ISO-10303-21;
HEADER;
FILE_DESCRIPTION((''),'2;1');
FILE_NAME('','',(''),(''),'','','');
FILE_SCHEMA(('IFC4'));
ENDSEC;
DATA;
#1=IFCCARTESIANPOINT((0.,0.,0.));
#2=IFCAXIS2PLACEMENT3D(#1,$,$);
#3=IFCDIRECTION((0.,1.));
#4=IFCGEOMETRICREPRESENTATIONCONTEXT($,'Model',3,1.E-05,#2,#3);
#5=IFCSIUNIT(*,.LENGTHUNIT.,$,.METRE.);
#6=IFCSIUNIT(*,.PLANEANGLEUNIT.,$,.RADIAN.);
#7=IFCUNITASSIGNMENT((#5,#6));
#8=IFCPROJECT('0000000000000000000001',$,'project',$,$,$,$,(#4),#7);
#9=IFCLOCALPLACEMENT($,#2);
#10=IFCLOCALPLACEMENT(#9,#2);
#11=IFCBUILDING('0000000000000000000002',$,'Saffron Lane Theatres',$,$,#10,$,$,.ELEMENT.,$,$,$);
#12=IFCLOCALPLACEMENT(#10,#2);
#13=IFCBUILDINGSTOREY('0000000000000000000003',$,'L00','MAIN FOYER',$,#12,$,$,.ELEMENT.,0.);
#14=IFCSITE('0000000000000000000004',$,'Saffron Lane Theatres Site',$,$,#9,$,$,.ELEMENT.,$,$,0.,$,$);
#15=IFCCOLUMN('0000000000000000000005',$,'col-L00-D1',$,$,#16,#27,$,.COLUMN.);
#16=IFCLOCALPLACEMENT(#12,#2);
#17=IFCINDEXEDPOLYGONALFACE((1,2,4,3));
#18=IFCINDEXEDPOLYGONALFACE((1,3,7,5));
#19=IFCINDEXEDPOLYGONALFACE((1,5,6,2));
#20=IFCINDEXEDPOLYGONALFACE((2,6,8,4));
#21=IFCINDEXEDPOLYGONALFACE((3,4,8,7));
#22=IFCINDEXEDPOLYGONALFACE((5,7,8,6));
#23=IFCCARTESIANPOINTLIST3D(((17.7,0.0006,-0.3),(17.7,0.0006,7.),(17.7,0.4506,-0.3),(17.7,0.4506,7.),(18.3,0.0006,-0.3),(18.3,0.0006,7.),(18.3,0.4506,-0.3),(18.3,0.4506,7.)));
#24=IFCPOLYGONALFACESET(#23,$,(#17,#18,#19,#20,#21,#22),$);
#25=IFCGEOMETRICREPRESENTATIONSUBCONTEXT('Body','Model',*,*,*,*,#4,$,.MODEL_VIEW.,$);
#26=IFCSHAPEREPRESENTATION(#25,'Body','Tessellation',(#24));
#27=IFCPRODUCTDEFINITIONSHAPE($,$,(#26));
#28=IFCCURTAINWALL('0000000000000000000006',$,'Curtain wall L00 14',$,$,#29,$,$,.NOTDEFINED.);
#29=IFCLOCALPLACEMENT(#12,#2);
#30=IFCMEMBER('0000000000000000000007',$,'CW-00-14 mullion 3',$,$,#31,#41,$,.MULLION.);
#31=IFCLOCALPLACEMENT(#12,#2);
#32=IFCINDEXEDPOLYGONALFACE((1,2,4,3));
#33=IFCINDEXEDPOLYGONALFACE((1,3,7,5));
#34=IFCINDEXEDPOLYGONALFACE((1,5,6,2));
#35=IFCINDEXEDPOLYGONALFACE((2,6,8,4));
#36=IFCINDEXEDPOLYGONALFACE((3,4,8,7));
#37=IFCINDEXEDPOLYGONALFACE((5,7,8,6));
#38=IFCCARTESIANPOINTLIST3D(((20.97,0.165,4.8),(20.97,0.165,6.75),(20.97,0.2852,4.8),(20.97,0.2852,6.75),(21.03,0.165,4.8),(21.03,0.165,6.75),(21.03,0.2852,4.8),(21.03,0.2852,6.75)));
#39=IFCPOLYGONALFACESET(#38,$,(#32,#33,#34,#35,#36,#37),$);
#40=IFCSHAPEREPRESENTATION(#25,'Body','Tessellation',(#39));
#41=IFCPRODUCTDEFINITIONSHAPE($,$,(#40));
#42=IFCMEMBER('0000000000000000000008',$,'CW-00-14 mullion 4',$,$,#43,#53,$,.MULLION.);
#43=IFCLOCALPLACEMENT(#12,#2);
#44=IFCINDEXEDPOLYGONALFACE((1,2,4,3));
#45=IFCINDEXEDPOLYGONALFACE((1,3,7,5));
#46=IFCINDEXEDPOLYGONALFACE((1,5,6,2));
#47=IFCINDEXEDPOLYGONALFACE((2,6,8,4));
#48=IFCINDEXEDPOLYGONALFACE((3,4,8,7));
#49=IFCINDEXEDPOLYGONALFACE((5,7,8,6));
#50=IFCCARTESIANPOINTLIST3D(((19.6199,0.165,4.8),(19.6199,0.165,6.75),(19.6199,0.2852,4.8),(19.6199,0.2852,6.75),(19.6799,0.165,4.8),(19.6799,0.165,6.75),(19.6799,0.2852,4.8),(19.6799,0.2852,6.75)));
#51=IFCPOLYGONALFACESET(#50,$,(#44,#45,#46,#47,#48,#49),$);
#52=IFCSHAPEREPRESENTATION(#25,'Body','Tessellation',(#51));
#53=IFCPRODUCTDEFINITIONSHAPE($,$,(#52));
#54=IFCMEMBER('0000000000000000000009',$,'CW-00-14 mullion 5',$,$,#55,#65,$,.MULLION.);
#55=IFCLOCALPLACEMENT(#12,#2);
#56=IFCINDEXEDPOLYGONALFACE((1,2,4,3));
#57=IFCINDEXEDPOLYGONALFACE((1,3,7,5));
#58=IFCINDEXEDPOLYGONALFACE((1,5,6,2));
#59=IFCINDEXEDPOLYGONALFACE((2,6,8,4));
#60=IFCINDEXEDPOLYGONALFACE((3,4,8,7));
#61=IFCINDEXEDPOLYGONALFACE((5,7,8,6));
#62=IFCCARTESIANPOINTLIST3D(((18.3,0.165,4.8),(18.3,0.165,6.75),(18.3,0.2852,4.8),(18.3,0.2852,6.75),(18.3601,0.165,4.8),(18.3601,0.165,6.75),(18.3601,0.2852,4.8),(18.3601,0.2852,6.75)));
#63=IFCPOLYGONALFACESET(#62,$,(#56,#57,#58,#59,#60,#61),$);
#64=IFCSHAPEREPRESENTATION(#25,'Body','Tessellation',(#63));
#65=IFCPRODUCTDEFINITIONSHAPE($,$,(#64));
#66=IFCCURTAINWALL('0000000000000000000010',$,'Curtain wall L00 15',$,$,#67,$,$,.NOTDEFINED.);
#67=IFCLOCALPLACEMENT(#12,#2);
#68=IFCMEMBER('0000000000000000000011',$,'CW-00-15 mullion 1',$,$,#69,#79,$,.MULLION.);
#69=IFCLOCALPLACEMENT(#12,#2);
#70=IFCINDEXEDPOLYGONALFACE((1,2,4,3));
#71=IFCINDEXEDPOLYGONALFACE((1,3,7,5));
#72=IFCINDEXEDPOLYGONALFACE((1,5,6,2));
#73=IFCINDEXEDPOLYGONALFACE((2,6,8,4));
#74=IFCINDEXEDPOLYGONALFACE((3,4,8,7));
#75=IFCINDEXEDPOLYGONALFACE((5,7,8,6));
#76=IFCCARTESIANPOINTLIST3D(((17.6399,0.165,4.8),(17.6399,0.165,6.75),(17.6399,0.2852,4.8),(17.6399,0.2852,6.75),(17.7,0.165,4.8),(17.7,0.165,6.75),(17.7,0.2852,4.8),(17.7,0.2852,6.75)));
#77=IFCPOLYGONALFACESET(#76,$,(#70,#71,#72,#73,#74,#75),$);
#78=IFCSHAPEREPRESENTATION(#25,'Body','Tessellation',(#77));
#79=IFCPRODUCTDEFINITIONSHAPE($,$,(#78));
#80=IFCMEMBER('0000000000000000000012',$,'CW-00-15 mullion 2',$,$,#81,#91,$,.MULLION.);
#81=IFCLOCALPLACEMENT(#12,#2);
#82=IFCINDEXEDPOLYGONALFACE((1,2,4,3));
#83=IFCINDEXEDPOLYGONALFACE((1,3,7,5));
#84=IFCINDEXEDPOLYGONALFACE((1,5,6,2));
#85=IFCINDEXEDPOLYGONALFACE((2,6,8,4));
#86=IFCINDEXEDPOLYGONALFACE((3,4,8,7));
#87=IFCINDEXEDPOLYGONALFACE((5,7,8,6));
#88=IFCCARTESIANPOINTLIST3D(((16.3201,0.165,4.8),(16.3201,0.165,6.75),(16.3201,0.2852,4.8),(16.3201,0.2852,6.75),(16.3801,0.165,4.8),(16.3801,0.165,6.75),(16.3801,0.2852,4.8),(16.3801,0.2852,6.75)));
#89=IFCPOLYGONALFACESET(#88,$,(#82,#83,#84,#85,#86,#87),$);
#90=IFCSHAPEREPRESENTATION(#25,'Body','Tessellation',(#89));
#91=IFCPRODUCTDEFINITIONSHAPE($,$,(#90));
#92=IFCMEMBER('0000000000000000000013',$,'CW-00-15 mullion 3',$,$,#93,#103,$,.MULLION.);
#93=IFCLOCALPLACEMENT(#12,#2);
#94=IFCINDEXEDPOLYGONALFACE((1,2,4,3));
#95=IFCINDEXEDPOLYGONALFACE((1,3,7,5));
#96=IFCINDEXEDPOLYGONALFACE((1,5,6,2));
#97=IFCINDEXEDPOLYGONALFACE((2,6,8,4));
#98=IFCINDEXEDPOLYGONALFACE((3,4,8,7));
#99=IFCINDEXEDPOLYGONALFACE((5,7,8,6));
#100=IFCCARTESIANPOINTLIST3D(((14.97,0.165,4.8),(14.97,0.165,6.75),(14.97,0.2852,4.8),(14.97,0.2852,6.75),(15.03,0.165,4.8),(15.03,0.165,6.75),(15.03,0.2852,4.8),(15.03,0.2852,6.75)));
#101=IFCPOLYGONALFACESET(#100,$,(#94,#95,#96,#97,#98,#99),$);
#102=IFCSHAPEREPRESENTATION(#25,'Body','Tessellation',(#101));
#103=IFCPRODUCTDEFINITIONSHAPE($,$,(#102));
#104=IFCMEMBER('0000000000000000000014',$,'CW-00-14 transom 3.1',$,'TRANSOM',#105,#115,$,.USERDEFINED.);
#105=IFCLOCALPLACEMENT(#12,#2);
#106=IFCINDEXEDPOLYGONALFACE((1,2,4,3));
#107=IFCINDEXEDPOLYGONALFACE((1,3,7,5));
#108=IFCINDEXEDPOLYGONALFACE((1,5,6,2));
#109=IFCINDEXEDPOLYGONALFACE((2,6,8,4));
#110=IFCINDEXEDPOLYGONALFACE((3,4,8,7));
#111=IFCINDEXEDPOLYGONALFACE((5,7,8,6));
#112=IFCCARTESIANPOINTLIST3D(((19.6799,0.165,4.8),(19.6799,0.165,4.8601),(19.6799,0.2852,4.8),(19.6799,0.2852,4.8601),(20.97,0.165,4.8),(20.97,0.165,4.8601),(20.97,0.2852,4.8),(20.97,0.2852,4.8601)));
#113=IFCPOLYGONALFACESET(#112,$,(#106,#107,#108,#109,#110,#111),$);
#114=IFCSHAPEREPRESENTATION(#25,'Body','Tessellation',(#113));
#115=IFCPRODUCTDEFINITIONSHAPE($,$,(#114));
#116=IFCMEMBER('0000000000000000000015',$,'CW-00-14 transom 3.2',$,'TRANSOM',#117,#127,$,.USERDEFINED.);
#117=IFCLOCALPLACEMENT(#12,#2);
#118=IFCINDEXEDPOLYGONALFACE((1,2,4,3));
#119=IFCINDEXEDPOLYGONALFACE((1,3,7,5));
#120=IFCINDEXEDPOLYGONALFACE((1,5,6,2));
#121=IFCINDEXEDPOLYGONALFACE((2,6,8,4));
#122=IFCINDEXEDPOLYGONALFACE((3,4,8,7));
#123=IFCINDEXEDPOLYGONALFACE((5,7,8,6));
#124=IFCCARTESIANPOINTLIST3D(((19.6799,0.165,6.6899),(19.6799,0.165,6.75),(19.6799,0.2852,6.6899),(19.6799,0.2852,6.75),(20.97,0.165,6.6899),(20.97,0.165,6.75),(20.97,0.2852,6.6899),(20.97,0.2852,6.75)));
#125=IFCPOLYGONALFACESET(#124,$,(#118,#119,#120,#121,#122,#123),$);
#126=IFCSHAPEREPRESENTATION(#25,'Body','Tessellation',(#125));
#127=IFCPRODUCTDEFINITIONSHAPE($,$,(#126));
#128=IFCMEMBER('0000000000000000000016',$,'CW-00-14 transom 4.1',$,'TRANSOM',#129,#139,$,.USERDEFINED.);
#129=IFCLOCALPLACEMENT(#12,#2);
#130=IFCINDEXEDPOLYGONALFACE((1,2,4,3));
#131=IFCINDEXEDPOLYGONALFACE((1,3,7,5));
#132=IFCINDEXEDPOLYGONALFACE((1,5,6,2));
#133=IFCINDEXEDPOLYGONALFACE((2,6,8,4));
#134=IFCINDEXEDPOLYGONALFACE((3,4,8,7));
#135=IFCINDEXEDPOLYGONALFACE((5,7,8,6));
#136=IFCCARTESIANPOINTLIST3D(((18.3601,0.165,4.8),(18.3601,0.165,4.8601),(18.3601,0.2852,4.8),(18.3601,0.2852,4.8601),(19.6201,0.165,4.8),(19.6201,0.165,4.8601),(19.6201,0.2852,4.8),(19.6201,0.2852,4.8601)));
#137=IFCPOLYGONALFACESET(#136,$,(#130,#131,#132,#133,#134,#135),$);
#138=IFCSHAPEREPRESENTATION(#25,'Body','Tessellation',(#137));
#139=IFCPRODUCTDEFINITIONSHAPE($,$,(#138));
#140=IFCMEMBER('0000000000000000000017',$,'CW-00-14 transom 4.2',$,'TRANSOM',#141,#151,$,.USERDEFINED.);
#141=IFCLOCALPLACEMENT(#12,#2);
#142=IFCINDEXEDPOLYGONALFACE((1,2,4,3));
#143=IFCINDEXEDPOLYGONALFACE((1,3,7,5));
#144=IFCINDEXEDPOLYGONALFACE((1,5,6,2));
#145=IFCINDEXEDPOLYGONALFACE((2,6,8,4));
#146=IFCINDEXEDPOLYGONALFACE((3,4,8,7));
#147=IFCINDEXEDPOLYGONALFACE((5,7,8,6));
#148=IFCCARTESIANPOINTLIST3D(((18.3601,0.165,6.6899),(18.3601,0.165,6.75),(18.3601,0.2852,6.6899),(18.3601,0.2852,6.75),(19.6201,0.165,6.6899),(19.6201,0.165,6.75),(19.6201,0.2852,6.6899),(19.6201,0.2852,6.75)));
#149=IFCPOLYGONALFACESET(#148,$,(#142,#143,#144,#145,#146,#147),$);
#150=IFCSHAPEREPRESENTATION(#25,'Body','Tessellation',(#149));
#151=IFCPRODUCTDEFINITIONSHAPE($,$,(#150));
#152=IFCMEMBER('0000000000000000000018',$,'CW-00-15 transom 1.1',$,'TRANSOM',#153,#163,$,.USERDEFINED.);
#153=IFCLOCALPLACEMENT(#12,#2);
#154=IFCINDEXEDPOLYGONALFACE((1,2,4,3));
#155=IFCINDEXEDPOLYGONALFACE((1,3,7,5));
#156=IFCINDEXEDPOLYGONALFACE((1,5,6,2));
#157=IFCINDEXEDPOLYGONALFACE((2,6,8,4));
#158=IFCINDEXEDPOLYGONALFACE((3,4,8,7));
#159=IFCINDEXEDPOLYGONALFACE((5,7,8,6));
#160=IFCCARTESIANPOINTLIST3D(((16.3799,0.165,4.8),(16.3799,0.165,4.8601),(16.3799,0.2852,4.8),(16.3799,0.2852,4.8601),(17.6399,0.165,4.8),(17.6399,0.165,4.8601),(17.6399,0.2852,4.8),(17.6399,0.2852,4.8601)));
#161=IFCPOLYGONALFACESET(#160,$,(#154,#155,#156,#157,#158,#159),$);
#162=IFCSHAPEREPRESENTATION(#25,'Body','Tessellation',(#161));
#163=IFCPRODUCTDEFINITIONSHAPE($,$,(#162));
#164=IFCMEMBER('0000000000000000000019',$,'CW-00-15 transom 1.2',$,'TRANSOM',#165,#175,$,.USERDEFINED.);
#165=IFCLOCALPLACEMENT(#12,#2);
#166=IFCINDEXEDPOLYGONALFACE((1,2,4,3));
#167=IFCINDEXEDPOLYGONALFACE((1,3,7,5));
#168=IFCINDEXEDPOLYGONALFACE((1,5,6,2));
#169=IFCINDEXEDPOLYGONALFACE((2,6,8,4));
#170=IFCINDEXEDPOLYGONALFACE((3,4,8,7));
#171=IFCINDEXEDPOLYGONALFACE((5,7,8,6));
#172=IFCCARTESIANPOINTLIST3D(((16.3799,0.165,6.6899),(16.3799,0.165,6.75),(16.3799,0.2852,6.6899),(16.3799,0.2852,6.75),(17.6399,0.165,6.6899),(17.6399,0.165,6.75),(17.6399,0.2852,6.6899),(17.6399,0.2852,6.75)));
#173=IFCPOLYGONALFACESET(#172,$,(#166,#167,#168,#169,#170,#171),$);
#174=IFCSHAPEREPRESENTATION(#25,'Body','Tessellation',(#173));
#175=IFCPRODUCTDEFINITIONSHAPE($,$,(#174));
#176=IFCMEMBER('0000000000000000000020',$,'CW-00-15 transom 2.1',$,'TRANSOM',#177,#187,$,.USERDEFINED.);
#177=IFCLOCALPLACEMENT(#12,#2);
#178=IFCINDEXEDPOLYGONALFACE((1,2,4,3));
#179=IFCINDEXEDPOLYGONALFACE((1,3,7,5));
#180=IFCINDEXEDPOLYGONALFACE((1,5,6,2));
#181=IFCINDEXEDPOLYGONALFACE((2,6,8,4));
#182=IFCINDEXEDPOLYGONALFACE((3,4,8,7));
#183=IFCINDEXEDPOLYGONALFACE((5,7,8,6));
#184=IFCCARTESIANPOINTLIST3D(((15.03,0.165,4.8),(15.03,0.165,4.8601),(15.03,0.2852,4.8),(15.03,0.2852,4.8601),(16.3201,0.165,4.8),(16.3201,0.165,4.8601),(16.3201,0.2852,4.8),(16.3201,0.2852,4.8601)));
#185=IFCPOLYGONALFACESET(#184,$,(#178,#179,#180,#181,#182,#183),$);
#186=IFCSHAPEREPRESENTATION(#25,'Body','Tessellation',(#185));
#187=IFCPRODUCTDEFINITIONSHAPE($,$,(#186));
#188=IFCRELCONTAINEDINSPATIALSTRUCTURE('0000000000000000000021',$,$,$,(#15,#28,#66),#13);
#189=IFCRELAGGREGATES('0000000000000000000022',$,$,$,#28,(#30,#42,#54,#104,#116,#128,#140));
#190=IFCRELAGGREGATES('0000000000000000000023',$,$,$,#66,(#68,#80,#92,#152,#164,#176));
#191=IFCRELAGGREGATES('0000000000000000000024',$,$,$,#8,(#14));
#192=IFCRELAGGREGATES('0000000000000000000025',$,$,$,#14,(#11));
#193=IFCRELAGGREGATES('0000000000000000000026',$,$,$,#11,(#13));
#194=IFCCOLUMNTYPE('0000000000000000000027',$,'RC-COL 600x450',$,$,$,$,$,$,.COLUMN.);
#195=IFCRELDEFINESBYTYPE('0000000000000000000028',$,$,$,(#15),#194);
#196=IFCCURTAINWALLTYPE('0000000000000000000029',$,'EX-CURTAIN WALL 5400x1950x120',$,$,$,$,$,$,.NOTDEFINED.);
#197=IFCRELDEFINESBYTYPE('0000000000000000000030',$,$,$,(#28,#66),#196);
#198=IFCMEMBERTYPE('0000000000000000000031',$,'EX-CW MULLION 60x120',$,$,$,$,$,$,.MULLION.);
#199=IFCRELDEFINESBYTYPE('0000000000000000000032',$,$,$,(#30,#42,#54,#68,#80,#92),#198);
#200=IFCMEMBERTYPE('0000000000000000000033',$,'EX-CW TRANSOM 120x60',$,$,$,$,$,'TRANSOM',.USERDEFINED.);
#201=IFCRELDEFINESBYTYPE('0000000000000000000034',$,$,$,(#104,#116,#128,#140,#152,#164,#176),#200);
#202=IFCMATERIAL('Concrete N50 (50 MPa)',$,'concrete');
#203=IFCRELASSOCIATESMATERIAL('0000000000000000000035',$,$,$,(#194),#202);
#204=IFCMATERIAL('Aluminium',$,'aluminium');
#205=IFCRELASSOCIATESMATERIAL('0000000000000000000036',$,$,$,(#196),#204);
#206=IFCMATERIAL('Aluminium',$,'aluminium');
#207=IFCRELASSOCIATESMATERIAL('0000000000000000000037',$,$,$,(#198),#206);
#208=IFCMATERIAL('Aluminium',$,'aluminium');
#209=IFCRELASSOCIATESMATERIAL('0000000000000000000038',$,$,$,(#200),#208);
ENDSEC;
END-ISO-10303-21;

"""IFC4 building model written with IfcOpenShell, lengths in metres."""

from ifc_helpers import new_model, si_unit, direction, frame, origin, origin_2d, place, context, subcontext, project, spatial, rectangle, extrude, material, material_profile, profile_set, type_object, element, aggregate, save


model = new_model("IFC4")

# Units and contexts
model_context = context("Model", 3, precision=1e-05, world=origin(), true_north=direction((0.0, 1.0)))
body_context = subcontext(model_context, "Body", "Model", "MODEL_VIEW")
ifc_project = project(units=[si_unit("LENGTHUNIT", "METRE"), si_unit("PLANEANGLEUNIT", "RADIAN")], contexts=[model_context])

# Site, building, storey
site_placement = place(None, origin())
site = spatial("IfcSite", under=ifc_project, at=site_placement, Name="Saffron Lane Theatres Site", CompositionType="ELEMENT", RefElevation=0.0)
building_placement = place(site_placement, origin())
building = spatial("IfcBuilding", under=site, at=building_placement, Name="Saffron Lane Theatres", CompositionType="ELEMENT")
storey_placement = place(building_placement, origin())
storey = spatial("IfcBuildingStorey", under=building, at=storey_placement, Name="L00", Description="MAIN FOYER", CompositionType="ELEMENT", Elevation=0.0)

# Column
ifc_material_1 = material(Name="Concrete N50 (50 MPa)", Category="concrete")
ifc_material_profile_1 = material_profile(ifc_material_1, rectangle(XDim=0.6001, YDim=0.45, at=origin_2d()))
ifc_profile_set_1 = profile_set([ifc_material_profile_1], Name="Concrete N50 (50 MPa)")
column_type_1 = type_object("IfcColumnType", Name="RC-COL 600x450", PredefinedType="COLUMN", material=ifc_profile_set_1)
column_1_placement = place(storey_placement, frame((18.0, 0.2256, -0.3), z_axis=(0.0, 0.0, 1.0), x_axis=(1.0, 0.0, 0.0)))
element("IfcColumn", 1, at=column_1_placement, inside=storey, type_object=column_type_1, Name="col-L00-D1", PredefinedType="COLUMN", context=body_context, shape_type="SweptSolid", body=[
    extrude(rectangle(XDim=0.6001, YDim=0.45, at=origin_2d()), origin(), (0.0, 0.0, 1.0), 7.3),
])

# Curtain walls, members
ifc_material_2 = material(Name="Aluminium", Category="aluminium")
curtain_wall_type = type_object("IfcCurtainWallType", Name="EX-CURTAIN WALL 5400x1950x120", PredefinedType="NOTDEFINED", material=ifc_material_2)
curtain_wall_1_placement = place(storey_placement, origin())
curtain_wall_1 = element("IfcCurtainWall", 2, at=curtain_wall_1_placement, inside=storey, type_object=curtain_wall_type, Name="Curtain wall L00 14", PredefinedType="NOTDEFINED")
ifc_material_3 = material(Name="Aluminium", Category="aluminium")
ifc_material_profile_2 = material_profile(ifc_material_3, rectangle(XDim=0.0601, YDim=0.1201, at=origin_2d()))
ifc_profile_set_2 = profile_set([ifc_material_profile_2], Name="Aluminium")
member_type_1 = type_object("IfcMemberType", Name="EX-CW MULLION 60x120", PredefinedType="MULLION", material=ifc_profile_set_2)
member_1_placement = place(storey_placement, frame((21.0, 0.2251, 4.8), z_axis=(0.0, 0.0, 1.0), x_axis=(-1.0, 0.0, 0.0)))
member_1 = element("IfcMember", 3, at=member_1_placement, type_object=member_type_1, Name="CW-00-14 mullion 3", PredefinedType="MULLION", context=body_context, shape_type="SweptSolid", body=[
    extrude(rectangle(XDim=0.0601, YDim=0.1201, at=origin_2d()), origin(), (0.0, 0.0, 1.0), 1.95),
])
member_2_placement = place(storey_placement, frame((19.6499, 0.2251, 4.8), z_axis=(0.0, 0.0, 1.0), x_axis=(-1.0, 0.0, 0.0)))
member_2 = element("IfcMember", 4, at=member_2_placement, type_object=member_type_1, Name="CW-00-14 mullion 4", PredefinedType="MULLION", context=body_context, shape_type="SweptSolid", body=[
    extrude(rectangle(XDim=0.0601, YDim=0.1201, at=origin_2d()), origin(), (0.0, 0.0, 1.0), 1.95),
])
member_3_placement = place(storey_placement, frame((18.3301, 0.2251, 4.8), z_axis=(0.0, 0.0, 1.0), x_axis=(-1.0, 0.0, 0.0)))
member_3 = element("IfcMember", 5, at=member_3_placement, type_object=member_type_1, Name="CW-00-14 mullion 5", PredefinedType="MULLION", context=body_context, shape_type="SweptSolid", body=[
    extrude(rectangle(XDim=0.0601, YDim=0.1201, at=origin_2d()), origin(), (0.0, 0.0, 1.0), 1.95),
])
curtain_wall_2_placement = place(storey_placement, origin())
curtain_wall_2 = element("IfcCurtainWall", 6, at=curtain_wall_2_placement, inside=storey, type_object=curtain_wall_type, Name="Curtain wall L00 15", PredefinedType="NOTDEFINED")
member_4_placement = place(storey_placement, frame((17.6699, 0.2251, 4.8), z_axis=(0.0, 0.0, 1.0), x_axis=(-1.0, 0.0, 0.0)))
member_4 = element("IfcMember", 7, at=member_4_placement, type_object=member_type_1, Name="CW-00-15 mullion 1", PredefinedType="MULLION", context=body_context, shape_type="SweptSolid", body=[
    extrude(rectangle(XDim=0.0601, YDim=0.1201, at=origin_2d()), origin(), (0.0, 0.0, 1.0), 1.95),
])
member_5_placement = place(storey_placement, frame((16.3501, 0.2251, 4.8), z_axis=(0.0, 0.0, 1.0), x_axis=(-1.0, 0.0, 0.0)))
member_5 = element("IfcMember", 8, at=member_5_placement, type_object=member_type_1, Name="CW-00-15 mullion 2", PredefinedType="MULLION", context=body_context, shape_type="SweptSolid", body=[
    extrude(rectangle(XDim=0.0601, YDim=0.1201, at=origin_2d()), origin(), (0.0, 0.0, 1.0), 1.95),
])
member_6_placement = place(storey_placement, frame((15.0, 0.2251, 4.8), z_axis=(0.0, 0.0, 1.0), x_axis=(-1.0, 0.0, 0.0)))
member_6 = element("IfcMember", 9, at=member_6_placement, type_object=member_type_1, Name="CW-00-15 mullion 3", PredefinedType="MULLION", context=body_context, shape_type="SweptSolid", body=[
    extrude(rectangle(XDim=0.0601, YDim=0.1201, at=origin_2d()), origin(), (0.0, 0.0, 1.0), 1.95),
])

# Members
ifc_material_4 = material(Name="Aluminium", Category="aluminium")
ifc_material_profile_3 = material_profile(ifc_material_4, rectangle(XDim=0.1201, YDim=0.0601, at=origin_2d()))
ifc_profile_set_3 = profile_set([ifc_material_profile_3], Name="Aluminium")
member_type_2 = type_object("IfcMemberType", Name="EX-CW TRANSOM 120x60", ElementType="TRANSOM", PredefinedType="USERDEFINED", material=ifc_profile_set_3)
member_7_placement = place(storey_placement, frame((20.97, 0.2251, 4.8301), z_axis=(-1.0, 0.0, 0.0), x_axis=(0.0, -1.0, 0.0)))
member_7 = element("IfcMember", 10, at=member_7_placement, type_object=member_type_2, Name="CW-00-14 transom 3.1", ObjectType="TRANSOM", PredefinedType="USERDEFINED", context=body_context, shape_type="SweptSolid", body=[
    extrude(rectangle(XDim=0.1201, YDim=0.0601, at=origin_2d()), origin(), (0.0, 0.0, 1.0), 1.29),
])
member_8_placement = place(storey_placement, frame((20.97, 0.2251, 6.72), z_axis=(-1.0, 0.0, 0.0), x_axis=(0.0, -1.0, 0.0)))
member_8 = element("IfcMember", 11, at=member_8_placement, type_object=member_type_2, Name="CW-00-14 transom 3.2", ObjectType="TRANSOM", PredefinedType="USERDEFINED", context=body_context, shape_type="SweptSolid", body=[
    extrude(rectangle(XDim=0.1201, YDim=0.0601, at=origin_2d()), origin(), (0.0, 0.0, 1.0), 1.29),
])
member_9_placement = place(storey_placement, frame((19.6201, 0.2251, 4.8301), z_axis=(-1.0, 0.0, 0.0), x_axis=(0.0, -1.0, 0.0)))
member_9 = element("IfcMember", 12, at=member_9_placement, type_object=member_type_2, Name="CW-00-14 transom 4.1", ObjectType="TRANSOM", PredefinedType="USERDEFINED", context=body_context, shape_type="SweptSolid", body=[
    extrude(rectangle(XDim=0.1201, YDim=0.0601, at=origin_2d()), origin(), (0.0, 0.0, 1.0), 1.26),
])
member_10_placement = place(storey_placement, frame((19.6201, 0.2251, 6.72), z_axis=(-1.0, 0.0, 0.0), x_axis=(0.0, -1.0, 0.0)))
member_10 = element("IfcMember", 13, at=member_10_placement, type_object=member_type_2, Name="CW-00-14 transom 4.2", ObjectType="TRANSOM", PredefinedType="USERDEFINED", context=body_context, shape_type="SweptSolid", body=[
    extrude(rectangle(XDim=0.1201, YDim=0.0601, at=origin_2d()), origin(), (0.0, 0.0, 1.0), 1.26),
])
member_11_placement = place(storey_placement, frame((17.6399, 0.2251, 4.8301), z_axis=(-1.0, 0.0, 0.0), x_axis=(0.0, -1.0, 0.0)))
member_11 = element("IfcMember", 14, at=member_11_placement, type_object=member_type_2, Name="CW-00-15 transom 1.1", ObjectType="TRANSOM", PredefinedType="USERDEFINED", context=body_context, shape_type="SweptSolid", body=[
    extrude(rectangle(XDim=0.1201, YDim=0.0601, at=origin_2d()), origin(), (0.0, 0.0, 1.0), 1.26),
])
member_12_placement = place(storey_placement, frame((17.6399, 0.2251, 6.72), z_axis=(-1.0, 0.0, 0.0), x_axis=(0.0, -1.0, 0.0)))
member_12 = element("IfcMember", 15, at=member_12_placement, type_object=member_type_2, Name="CW-00-15 transom 1.2", ObjectType="TRANSOM", PredefinedType="USERDEFINED", context=body_context, shape_type="SweptSolid", body=[
    extrude(rectangle(XDim=0.1201, YDim=0.0601, at=origin_2d()), origin(), (0.0, 0.0, 1.0), 1.26),
])
member_13_placement = place(storey_placement, frame((16.3201, 0.2251, 4.8301), z_axis=(-1.0, 0.0, 0.0), x_axis=(0.0, -1.0, 0.0)))
member_13 = element("IfcMember", 16, at=member_13_placement, type_object=member_type_2, Name="CW-00-15 transom 2.1", ObjectType="TRANSOM", PredefinedType="USERDEFINED", context=body_context, shape_type="SweptSolid", body=[
    extrude(rectangle(XDim=0.1201, YDim=0.0601, at=origin_2d()), origin(), (0.0, 0.0, 1.0), 1.29),
])

aggregate(curtain_wall_1, [member_1, member_2, member_3, member_7, member_8, member_9, member_10])
aggregate(curtain_wall_2, [member_4, member_5, member_6, member_11, member_12, member_13])

save(model, "model.ifc")
